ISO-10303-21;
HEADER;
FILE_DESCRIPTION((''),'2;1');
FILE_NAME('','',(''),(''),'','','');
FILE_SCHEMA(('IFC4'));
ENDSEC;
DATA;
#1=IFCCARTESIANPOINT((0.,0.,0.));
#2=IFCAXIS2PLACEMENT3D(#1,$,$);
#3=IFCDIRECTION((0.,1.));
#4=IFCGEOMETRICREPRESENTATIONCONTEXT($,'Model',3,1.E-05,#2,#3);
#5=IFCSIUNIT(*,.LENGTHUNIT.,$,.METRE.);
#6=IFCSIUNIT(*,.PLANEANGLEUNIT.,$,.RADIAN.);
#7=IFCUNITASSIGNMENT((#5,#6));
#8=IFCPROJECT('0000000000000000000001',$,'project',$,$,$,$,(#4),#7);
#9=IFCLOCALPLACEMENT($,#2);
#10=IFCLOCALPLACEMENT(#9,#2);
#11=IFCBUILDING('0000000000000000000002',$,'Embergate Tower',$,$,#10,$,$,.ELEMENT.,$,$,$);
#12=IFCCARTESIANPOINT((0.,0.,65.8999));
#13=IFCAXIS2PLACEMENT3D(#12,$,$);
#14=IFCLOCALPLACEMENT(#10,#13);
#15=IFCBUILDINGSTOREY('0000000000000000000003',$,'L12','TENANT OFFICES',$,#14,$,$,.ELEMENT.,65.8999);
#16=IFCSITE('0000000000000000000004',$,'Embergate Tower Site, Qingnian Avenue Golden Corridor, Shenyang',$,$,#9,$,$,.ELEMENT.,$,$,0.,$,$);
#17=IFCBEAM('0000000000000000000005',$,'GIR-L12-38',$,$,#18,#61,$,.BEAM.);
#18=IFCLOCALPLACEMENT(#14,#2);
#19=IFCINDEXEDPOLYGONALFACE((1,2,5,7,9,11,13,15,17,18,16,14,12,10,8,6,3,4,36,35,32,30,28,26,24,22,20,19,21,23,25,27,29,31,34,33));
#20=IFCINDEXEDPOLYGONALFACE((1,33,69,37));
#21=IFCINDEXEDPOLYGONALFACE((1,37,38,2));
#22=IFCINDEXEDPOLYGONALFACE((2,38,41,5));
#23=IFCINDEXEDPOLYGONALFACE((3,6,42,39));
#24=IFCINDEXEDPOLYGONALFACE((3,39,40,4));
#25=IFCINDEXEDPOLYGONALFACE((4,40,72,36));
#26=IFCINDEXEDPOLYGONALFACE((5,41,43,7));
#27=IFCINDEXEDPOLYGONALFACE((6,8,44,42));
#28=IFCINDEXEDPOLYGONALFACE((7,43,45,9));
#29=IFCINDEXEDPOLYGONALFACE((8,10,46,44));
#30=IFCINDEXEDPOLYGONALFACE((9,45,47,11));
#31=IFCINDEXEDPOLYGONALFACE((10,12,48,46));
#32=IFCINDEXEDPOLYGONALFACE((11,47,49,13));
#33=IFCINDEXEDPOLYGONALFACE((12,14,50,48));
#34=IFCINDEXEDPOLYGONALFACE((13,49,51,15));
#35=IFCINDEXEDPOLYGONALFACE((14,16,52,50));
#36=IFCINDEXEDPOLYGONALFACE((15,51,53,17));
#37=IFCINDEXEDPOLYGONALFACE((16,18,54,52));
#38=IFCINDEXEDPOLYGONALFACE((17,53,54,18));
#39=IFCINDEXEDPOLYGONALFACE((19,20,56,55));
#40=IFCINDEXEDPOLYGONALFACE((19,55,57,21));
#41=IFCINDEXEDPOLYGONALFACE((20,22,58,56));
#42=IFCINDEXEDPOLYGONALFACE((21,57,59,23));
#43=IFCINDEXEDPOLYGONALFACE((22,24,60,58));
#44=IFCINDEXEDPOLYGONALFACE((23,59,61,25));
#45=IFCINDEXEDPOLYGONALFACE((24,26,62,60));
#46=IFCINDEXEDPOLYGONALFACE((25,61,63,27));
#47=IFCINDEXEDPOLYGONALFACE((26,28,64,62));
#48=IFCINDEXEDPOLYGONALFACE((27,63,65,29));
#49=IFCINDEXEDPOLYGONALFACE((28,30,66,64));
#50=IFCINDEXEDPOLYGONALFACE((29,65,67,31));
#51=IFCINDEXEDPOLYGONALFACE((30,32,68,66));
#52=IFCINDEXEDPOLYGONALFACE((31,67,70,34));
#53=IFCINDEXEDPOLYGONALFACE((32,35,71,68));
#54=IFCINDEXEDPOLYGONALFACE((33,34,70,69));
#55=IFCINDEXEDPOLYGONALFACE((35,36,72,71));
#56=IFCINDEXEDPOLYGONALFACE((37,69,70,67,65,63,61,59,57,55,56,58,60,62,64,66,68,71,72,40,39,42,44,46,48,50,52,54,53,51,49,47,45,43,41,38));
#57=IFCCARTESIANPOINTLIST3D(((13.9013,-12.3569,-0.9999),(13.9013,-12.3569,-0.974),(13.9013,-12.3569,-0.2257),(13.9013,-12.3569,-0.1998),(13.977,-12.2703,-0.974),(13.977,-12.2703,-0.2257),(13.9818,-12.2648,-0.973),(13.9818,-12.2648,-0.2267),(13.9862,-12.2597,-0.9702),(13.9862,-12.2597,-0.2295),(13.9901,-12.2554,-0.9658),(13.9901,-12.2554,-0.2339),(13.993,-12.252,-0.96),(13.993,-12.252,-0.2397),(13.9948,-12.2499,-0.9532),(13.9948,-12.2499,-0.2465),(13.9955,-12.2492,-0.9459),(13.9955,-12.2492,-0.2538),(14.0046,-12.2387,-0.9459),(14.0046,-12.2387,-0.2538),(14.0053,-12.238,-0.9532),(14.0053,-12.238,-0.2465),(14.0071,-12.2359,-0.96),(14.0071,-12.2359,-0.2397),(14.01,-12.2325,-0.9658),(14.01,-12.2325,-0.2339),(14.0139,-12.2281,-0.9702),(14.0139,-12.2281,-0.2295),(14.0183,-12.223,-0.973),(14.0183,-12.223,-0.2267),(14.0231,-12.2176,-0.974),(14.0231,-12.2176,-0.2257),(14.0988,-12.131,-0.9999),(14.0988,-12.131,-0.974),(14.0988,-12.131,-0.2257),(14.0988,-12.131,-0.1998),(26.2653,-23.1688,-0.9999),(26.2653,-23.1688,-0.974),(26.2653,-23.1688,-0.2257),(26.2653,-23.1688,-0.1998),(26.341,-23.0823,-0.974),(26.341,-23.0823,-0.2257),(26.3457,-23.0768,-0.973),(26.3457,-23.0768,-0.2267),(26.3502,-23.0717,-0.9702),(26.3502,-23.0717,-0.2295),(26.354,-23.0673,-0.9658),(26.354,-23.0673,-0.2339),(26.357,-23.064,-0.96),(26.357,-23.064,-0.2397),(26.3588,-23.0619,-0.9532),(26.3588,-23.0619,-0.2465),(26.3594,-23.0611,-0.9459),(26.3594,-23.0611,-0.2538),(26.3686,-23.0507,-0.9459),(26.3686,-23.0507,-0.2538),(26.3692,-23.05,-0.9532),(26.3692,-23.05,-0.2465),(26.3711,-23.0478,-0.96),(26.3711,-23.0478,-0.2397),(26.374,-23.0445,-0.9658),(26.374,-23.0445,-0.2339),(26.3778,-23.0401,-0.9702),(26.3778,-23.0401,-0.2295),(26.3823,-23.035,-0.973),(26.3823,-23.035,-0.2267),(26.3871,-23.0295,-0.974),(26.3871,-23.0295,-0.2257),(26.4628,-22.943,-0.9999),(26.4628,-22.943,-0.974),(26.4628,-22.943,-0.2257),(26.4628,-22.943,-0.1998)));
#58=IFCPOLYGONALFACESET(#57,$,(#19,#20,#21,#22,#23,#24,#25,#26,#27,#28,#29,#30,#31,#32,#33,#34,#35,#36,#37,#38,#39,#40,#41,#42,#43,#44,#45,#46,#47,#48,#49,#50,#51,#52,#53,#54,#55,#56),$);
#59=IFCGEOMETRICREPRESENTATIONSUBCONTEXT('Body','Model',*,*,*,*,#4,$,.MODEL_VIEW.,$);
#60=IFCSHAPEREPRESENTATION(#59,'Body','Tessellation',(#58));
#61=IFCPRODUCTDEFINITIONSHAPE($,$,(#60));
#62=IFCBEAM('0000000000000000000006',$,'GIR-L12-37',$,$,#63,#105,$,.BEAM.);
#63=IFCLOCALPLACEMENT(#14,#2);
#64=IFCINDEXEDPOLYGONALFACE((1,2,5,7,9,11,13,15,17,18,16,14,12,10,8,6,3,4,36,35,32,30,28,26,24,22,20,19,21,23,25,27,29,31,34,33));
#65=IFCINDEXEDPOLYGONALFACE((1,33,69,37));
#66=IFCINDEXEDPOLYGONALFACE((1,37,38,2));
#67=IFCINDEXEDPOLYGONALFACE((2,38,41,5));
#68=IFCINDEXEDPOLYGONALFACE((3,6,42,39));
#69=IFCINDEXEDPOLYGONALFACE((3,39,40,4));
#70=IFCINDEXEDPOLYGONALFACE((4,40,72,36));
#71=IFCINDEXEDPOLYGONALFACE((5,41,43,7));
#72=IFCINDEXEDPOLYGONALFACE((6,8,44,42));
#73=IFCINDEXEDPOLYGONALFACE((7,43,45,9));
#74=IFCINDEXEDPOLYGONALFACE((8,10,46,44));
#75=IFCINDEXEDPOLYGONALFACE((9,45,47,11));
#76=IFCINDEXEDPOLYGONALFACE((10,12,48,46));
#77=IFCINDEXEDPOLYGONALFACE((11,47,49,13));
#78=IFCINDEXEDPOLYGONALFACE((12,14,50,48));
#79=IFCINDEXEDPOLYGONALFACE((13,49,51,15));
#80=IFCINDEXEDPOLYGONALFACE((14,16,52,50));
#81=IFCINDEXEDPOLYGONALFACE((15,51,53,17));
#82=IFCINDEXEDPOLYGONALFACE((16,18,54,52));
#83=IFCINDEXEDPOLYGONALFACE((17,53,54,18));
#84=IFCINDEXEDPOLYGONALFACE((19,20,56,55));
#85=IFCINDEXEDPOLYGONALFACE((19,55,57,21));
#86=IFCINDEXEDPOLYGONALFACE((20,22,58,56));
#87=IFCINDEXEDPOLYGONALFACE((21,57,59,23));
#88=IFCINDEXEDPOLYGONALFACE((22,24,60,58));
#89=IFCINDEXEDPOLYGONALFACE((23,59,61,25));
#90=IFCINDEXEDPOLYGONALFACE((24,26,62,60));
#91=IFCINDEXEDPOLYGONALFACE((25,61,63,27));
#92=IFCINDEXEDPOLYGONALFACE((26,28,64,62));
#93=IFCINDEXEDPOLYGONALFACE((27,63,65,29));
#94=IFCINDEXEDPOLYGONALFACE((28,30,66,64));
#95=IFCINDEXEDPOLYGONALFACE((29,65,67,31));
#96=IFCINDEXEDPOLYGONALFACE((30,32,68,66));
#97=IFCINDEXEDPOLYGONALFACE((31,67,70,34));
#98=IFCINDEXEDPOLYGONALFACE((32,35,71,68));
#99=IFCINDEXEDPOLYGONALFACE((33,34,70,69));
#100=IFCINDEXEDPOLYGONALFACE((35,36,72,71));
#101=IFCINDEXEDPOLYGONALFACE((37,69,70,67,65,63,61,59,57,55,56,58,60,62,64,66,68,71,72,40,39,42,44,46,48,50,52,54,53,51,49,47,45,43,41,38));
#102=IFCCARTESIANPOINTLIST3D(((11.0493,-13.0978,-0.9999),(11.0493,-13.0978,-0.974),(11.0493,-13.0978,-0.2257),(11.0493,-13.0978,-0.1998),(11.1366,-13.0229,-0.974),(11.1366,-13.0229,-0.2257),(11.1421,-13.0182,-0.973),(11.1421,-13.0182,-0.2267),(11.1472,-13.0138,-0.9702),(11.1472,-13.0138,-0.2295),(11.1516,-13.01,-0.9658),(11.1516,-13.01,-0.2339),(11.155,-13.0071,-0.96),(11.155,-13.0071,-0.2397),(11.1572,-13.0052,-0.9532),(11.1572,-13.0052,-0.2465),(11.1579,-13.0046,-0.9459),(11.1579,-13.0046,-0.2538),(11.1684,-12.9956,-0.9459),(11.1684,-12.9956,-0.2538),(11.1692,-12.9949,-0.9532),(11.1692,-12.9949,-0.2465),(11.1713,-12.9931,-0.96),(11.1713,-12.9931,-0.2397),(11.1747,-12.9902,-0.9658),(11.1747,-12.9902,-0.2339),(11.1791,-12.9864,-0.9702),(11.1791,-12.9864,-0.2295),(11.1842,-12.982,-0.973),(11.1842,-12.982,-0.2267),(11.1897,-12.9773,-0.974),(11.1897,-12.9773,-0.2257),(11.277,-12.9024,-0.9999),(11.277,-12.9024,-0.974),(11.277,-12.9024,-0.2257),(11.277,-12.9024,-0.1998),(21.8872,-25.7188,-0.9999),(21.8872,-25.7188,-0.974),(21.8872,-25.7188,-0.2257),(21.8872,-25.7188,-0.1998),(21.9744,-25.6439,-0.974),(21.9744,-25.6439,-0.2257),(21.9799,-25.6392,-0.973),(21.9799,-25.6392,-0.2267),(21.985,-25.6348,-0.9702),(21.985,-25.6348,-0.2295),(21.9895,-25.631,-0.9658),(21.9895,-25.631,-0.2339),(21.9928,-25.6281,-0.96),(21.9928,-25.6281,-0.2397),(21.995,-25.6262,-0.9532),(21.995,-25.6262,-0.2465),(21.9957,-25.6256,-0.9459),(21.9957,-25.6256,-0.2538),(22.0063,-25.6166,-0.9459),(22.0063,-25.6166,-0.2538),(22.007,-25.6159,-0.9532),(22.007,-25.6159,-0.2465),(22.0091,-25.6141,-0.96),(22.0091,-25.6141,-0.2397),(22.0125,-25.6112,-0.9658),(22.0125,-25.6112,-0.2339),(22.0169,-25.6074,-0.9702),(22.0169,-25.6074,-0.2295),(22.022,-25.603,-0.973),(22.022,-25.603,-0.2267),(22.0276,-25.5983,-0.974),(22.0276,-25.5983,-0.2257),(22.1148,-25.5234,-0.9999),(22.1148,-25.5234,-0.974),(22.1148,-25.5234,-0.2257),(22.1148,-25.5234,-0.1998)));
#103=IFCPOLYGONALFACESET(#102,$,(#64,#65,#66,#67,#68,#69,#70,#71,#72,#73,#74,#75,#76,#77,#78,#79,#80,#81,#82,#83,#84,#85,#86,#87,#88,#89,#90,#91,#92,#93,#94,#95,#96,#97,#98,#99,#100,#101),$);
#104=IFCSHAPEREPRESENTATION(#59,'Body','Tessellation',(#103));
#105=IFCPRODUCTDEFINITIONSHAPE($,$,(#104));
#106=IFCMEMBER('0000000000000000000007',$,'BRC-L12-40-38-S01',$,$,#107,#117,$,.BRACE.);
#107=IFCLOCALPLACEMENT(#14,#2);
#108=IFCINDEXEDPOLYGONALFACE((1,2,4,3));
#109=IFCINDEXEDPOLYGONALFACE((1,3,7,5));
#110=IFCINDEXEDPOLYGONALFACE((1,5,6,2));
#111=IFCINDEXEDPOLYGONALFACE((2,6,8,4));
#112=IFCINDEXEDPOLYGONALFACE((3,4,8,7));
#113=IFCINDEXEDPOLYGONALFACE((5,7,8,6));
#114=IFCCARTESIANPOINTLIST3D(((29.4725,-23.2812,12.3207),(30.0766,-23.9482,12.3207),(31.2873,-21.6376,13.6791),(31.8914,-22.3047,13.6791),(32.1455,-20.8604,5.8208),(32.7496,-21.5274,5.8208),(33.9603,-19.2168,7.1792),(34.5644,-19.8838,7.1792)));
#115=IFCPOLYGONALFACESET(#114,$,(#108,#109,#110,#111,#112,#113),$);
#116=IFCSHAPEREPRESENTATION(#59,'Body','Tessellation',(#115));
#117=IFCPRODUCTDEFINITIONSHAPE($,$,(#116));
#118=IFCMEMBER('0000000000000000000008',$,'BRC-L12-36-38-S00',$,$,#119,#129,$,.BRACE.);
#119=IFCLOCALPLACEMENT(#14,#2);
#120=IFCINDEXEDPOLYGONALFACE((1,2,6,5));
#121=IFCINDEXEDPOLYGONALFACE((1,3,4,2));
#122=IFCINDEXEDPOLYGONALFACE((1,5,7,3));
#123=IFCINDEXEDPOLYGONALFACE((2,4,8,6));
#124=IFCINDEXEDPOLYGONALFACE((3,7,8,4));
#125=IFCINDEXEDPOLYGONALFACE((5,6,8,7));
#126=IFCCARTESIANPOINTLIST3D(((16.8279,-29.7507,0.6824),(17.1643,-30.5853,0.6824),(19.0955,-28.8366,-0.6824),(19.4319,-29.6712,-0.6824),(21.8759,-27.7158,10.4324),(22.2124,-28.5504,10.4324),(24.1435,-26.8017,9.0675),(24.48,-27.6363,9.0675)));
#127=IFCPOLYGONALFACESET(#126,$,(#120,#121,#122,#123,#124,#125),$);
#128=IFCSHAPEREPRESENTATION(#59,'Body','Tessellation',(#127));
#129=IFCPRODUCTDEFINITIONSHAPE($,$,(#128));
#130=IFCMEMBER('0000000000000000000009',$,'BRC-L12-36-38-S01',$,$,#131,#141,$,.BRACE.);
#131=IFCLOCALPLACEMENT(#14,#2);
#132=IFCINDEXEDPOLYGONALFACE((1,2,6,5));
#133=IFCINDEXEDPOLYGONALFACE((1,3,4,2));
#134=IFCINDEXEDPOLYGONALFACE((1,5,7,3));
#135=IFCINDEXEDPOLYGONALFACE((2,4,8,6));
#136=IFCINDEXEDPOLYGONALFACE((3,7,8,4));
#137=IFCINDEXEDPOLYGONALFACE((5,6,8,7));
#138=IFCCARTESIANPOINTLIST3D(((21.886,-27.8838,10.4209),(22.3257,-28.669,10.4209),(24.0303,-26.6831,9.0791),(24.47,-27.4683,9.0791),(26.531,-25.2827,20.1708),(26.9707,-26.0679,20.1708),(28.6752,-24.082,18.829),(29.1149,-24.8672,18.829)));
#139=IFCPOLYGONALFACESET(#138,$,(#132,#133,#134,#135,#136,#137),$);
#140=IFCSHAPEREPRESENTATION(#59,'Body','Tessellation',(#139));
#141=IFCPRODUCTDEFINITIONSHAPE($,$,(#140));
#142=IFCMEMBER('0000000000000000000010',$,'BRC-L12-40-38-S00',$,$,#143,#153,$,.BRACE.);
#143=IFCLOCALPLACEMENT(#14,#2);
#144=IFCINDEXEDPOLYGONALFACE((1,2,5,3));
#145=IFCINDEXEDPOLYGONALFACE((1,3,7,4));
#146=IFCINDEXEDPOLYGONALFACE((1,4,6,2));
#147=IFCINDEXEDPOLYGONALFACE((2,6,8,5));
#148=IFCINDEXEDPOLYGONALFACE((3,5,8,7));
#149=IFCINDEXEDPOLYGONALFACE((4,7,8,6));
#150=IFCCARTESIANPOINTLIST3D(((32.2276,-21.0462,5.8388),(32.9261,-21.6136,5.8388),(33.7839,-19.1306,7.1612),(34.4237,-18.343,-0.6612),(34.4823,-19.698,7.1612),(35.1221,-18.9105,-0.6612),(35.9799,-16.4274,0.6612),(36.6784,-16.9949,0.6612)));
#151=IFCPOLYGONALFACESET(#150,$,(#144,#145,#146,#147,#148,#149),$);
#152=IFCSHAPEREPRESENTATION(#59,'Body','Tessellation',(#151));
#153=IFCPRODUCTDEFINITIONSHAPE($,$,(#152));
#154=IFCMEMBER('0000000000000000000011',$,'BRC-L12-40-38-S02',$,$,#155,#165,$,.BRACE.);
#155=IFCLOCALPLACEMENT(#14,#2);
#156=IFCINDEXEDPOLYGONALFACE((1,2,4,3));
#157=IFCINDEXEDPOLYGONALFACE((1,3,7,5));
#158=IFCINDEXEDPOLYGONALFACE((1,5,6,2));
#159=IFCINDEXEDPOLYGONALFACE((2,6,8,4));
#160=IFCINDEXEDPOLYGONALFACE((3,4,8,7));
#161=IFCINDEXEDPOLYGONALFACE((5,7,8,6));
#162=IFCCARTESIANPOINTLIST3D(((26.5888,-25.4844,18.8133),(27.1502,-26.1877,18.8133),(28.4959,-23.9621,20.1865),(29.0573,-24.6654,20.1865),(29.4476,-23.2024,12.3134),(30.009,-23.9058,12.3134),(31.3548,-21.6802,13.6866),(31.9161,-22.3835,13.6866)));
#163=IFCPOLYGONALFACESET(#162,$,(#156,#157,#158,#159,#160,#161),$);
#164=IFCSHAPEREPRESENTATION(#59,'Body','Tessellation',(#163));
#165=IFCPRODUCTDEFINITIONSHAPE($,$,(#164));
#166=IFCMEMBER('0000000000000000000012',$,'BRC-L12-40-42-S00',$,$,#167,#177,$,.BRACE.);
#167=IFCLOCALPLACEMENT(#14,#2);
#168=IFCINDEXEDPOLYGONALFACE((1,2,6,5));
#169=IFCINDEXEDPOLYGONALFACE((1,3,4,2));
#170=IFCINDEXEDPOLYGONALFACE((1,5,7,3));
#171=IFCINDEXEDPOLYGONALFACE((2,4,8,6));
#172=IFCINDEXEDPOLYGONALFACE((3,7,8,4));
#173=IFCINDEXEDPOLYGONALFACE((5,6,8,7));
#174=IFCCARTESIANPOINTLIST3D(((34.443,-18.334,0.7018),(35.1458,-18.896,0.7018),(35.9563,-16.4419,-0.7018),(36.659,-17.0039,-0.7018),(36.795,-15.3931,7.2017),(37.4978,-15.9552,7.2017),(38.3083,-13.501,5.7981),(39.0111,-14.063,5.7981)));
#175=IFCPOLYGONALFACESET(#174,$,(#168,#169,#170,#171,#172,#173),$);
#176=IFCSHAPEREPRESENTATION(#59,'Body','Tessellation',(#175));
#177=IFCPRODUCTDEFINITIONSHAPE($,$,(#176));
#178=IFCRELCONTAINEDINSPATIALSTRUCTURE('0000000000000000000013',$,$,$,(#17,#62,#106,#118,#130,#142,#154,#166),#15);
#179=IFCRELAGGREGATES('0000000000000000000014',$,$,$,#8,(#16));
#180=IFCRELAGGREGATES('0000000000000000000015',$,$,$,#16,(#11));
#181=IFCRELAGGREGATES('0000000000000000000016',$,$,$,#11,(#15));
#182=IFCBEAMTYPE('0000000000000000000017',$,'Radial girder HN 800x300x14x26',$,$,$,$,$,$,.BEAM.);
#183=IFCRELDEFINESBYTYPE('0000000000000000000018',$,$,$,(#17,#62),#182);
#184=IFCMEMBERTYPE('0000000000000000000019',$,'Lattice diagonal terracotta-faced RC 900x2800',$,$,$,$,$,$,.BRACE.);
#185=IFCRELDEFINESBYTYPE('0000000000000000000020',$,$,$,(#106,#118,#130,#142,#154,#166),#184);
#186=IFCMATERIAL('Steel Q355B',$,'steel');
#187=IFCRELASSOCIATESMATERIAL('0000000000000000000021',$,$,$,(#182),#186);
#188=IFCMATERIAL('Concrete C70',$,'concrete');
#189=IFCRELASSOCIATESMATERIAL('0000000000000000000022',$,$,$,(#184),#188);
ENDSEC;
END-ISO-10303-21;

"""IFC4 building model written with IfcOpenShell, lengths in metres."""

from ifc_helpers import new_model, si_unit, direction, frame, origin, origin_2d, place, context, subcontext, project, spatial, rectangle, i_section, extrude, source, transform, mapped, material, material_profile, profile_set, type_object, element, save


model = new_model("IFC4")

# Units and contexts
model_context = context("Model", 3, precision=1e-05, world=origin(), true_north=direction((0.0, 1.0)))
body_context = subcontext(model_context, "Body", "Model", "MODEL_VIEW")
ifc_project = project(units=[si_unit("LENGTHUNIT", "METRE"), si_unit("PLANEANGLEUNIT", "RADIAN")], contexts=[model_context])

# Site, building, storey
site_placement = place(None, origin())
site = spatial("IfcSite", under=ifc_project, at=site_placement, Name="Embergate Tower Site, Qingnian Avenue Golden Corridor, Shenyang", CompositionType="ELEMENT", RefElevation=0.0)
building_placement = place(site_placement, origin())
building = spatial("IfcBuilding", under=site, at=building_placement, Name="Embergate Tower", CompositionType="ELEMENT")
storey_placement = place(building_placement, frame((0.0, 0.0, 65.8999)))
storey = spatial("IfcBuildingStorey", under=building, at=storey_placement, Name="L12", Description="TENANT OFFICES", CompositionType="ELEMENT", Elevation=65.8999)

# Shared definitions
ifc_material_1 = material(Name="Concrete C70", Category="concrete")

# Beams
ifc_material_2 = material(Name="Steel Q355B", Category="steel")
ifc_material_profile_1 = material_profile(ifc_material_2, i_section(OverallWidth=0.3, OverallDepth=0.8, WebThickness=0.0139, FlangeThickness=0.0259, FilletRadius=0.0281, at=origin_2d()), Name="HN 800x300x14x26")
ifc_profile_set_1 = profile_set([ifc_material_profile_1], Name="Steel Q355 grade B")
beam_type_1 = type_object("IfcBeamType", Name="Radial girder HN 800x300x14x26", PredefinedType="BEAM", material=ifc_profile_set_1)
shared_shape_1 = source(origin(), body_context, "Body", "SweptSolid", [
    extrude(i_section(OverallWidth=0.3, OverallDepth=0.8, WebThickness=0.0139, FlangeThickness=0.0259, FilletRadius=0.0281, at=origin_2d()), origin(), (0.0, 0.0, 1.0), 16.4246),
])
beam_1_placement = place(storey_placement, frame((26.364, -23.0559, -0.5999), z_axis=(-0.752773, 0.65828, 0.0), x_axis=(-0.65828, -0.752773, 0.0)))
element("IfcBeam", 1, at=beam_1_placement, inside=storey, type_object=beam_type_1, Name="GIR-L12-38", PredefinedType="BEAM", context=body_context, shape_type="MappedRepresentation", body=[
    mapped(shared_shape_1, transform((0.0, 0.0, 0.0))),
])
shared_shape_2 = source(origin(), body_context, "Body", "SweptSolid", [
    extrude(i_section(OverallWidth=0.3, OverallDepth=0.8, WebThickness=0.0139, FlangeThickness=0.0259, FilletRadius=0.0281, at=origin_2d()), origin(), (0.0, 0.0, 1.0), 16.6357),
])
beam_2_placement = place(storey_placement, frame((22.001, -25.6211, -0.5999), z_axis=(-0.651478, 0.758668, 0.0), x_axis=(-0.758668, -0.651478, 0.0)))
element("IfcBeam", 2, at=beam_2_placement, inside=storey, type_object=beam_type_1, Name="GIR-L12-37", PredefinedType="BEAM", context=body_context, shape_type="MappedRepresentation", body=[
    mapped(shared_shape_2, transform((0.0, 0.0, 0.0))),
])

# Members
ifc_material_profile_2 = material_profile(ifc_material_1, rectangle(XDim=0.8999, YDim=2.8, at=origin_2d()), Name="RC 900x2800")
ifc_profile_set_2 = profile_set([ifc_material_profile_2], Name="Concrete C70")
member_type_1 = type_object("IfcMemberType", Name="Lattice diagonal terracotta-faced RC 900x2800", PredefinedType="BRACE", material=ifc_profile_set_2)
shared_shape_3 = source(origin(), body_context, "Body", "SweptSolid", [
    extrude(rectangle(XDim=0.8999, YDim=2.8, at=origin_2d()), origin(), (0.0, 0.0, 1.0), 7.4333),
])
member_1_placement = place(storey_placement, frame((33.355, -20.3721, 6.5), z_axis=(-0.359604, -0.325676, 0.874426), x_axis=(0.671277, -0.741207, 0.0)))
element("IfcMember", 3, at=member_1_placement, inside=storey, type_object=member_type_1, Name="BRC-L12-40-38-S01", PredefinedType="BRACE", context=body_context, shape_type="MappedRepresentation", body=[
    mapped(shared_shape_3, transform((0.0, 0.0, 0.0))),
])
shared_shape_4 = source(origin(), body_context, "Body", "SweptSolid", [
    extrude(rectangle(XDim=0.8999, YDim=2.8, at=origin_2d()), origin(), (0.0, 0.0, 1.0), 11.1663),
])
member_2_placement = place(storey_placement, frame((18.1299, -29.7109, 0.0), z_axis=(0.452082, 0.182237, 0.873162), x_axis=(-0.373872, 0.92748, 0.0)))
element("IfcMember", 4, at=member_2_placement, inside=storey, type_object=member_type_1, Name="BRC-L12-36-38-S00", PredefinedType="BRACE", context=body_context, shape_type="MappedRepresentation", body=[
    mapped(shared_shape_4, transform((0.0, 0.0, 0.0))),
])
shared_shape_5 = source(origin(), body_context, "Body", "SweptSolid", [
    extrude(rectangle(XDim=0.8999, YDim=2.8, at=origin_2d()), origin(), (0.0, 0.0, 1.0), 11.1086),
])
member_3_placement = place(storey_placement, frame((23.178, -27.676, 9.75), z_axis=(0.418141, 0.234146, 0.877687), x_axis=(-0.488584, 0.872517, 0.0)))
element("IfcMember", 5, at=member_3_placement, inside=storey, type_object=member_type_1, Name="BRC-L12-36-38-S01", PredefinedType="BRACE", context=body_context, shape_type="MappedRepresentation", body=[
    mapped(shared_shape_5, transform((0.0, 0.0, 0.0))),
])
shared_shape_6 = source(origin(), body_context, "Body", "SweptSolid", [
    extrude(rectangle(XDim=0.8999, YDim=2.8, at=origin_2d()), origin(), (0.0, 0.0, 1.0), 7.3743),
])
member_4_placement = place(storey_placement, frame((35.551, -17.6689, 0.0), z_axis=(-0.297799, -0.366563, 0.881446), x_axis=(0.776148, -0.63055, 0.0)))
element("IfcMember", 6, at=member_4_placement, inside=storey, type_object=member_type_1, Name="BRC-L12-40-38-S00", PredefinedType="BRACE", context=body_context, shape_type="MappedRepresentation", body=[
    mapped(shared_shape_6, transform((0.0, 0.0, 0.0))),
])
shared_shape_7 = source(origin(), body_context, "Body", "SweptSolid", [
    extrude(rectangle(XDim=0.8999, YDim=2.8, at=origin_2d()), origin(), (0.0, 0.0, 1.0), 7.4585),
])
member_5_placement = place(storey_placement, frame((30.6819, -22.793, 13.0), z_axis=(-0.383301, -0.305953, 0.871478), x_axis=(0.62384, -0.781552, 0.0)))
element("IfcMember", 7, at=member_5_placement, inside=storey, type_object=member_type_1, Name="BRC-L12-40-38-S02", PredefinedType="BRACE", context=body_context, shape_type="MappedRepresentation", body=[
    mapped(shared_shape_7, transform((0.0, 0.0, 0.0))),
])
shared_shape_8 = source(origin(), body_context, "Body", "SweptSolid", [
    extrude(rectangle(XDim=0.8999, YDim=2.8, at=origin_2d()), origin(), (0.0, 0.0, 1.0), 7.512),
])
member_6_placement = place(storey_placement, frame((35.551, -17.6689, 0.0), z_axis=(0.313103, 0.391493, 0.865275), x_axis=(-0.780957, 0.624584, 0.0)))
element("IfcMember", 8, at=member_6_placement, inside=storey, type_object=member_type_1, Name="BRC-L12-40-42-S00", PredefinedType="BRACE", context=body_context, shape_type="MappedRepresentation", body=[
    mapped(shared_shape_8, transform((0.0, 0.0, 0.0))),
])

save(model, "model.ifc")
